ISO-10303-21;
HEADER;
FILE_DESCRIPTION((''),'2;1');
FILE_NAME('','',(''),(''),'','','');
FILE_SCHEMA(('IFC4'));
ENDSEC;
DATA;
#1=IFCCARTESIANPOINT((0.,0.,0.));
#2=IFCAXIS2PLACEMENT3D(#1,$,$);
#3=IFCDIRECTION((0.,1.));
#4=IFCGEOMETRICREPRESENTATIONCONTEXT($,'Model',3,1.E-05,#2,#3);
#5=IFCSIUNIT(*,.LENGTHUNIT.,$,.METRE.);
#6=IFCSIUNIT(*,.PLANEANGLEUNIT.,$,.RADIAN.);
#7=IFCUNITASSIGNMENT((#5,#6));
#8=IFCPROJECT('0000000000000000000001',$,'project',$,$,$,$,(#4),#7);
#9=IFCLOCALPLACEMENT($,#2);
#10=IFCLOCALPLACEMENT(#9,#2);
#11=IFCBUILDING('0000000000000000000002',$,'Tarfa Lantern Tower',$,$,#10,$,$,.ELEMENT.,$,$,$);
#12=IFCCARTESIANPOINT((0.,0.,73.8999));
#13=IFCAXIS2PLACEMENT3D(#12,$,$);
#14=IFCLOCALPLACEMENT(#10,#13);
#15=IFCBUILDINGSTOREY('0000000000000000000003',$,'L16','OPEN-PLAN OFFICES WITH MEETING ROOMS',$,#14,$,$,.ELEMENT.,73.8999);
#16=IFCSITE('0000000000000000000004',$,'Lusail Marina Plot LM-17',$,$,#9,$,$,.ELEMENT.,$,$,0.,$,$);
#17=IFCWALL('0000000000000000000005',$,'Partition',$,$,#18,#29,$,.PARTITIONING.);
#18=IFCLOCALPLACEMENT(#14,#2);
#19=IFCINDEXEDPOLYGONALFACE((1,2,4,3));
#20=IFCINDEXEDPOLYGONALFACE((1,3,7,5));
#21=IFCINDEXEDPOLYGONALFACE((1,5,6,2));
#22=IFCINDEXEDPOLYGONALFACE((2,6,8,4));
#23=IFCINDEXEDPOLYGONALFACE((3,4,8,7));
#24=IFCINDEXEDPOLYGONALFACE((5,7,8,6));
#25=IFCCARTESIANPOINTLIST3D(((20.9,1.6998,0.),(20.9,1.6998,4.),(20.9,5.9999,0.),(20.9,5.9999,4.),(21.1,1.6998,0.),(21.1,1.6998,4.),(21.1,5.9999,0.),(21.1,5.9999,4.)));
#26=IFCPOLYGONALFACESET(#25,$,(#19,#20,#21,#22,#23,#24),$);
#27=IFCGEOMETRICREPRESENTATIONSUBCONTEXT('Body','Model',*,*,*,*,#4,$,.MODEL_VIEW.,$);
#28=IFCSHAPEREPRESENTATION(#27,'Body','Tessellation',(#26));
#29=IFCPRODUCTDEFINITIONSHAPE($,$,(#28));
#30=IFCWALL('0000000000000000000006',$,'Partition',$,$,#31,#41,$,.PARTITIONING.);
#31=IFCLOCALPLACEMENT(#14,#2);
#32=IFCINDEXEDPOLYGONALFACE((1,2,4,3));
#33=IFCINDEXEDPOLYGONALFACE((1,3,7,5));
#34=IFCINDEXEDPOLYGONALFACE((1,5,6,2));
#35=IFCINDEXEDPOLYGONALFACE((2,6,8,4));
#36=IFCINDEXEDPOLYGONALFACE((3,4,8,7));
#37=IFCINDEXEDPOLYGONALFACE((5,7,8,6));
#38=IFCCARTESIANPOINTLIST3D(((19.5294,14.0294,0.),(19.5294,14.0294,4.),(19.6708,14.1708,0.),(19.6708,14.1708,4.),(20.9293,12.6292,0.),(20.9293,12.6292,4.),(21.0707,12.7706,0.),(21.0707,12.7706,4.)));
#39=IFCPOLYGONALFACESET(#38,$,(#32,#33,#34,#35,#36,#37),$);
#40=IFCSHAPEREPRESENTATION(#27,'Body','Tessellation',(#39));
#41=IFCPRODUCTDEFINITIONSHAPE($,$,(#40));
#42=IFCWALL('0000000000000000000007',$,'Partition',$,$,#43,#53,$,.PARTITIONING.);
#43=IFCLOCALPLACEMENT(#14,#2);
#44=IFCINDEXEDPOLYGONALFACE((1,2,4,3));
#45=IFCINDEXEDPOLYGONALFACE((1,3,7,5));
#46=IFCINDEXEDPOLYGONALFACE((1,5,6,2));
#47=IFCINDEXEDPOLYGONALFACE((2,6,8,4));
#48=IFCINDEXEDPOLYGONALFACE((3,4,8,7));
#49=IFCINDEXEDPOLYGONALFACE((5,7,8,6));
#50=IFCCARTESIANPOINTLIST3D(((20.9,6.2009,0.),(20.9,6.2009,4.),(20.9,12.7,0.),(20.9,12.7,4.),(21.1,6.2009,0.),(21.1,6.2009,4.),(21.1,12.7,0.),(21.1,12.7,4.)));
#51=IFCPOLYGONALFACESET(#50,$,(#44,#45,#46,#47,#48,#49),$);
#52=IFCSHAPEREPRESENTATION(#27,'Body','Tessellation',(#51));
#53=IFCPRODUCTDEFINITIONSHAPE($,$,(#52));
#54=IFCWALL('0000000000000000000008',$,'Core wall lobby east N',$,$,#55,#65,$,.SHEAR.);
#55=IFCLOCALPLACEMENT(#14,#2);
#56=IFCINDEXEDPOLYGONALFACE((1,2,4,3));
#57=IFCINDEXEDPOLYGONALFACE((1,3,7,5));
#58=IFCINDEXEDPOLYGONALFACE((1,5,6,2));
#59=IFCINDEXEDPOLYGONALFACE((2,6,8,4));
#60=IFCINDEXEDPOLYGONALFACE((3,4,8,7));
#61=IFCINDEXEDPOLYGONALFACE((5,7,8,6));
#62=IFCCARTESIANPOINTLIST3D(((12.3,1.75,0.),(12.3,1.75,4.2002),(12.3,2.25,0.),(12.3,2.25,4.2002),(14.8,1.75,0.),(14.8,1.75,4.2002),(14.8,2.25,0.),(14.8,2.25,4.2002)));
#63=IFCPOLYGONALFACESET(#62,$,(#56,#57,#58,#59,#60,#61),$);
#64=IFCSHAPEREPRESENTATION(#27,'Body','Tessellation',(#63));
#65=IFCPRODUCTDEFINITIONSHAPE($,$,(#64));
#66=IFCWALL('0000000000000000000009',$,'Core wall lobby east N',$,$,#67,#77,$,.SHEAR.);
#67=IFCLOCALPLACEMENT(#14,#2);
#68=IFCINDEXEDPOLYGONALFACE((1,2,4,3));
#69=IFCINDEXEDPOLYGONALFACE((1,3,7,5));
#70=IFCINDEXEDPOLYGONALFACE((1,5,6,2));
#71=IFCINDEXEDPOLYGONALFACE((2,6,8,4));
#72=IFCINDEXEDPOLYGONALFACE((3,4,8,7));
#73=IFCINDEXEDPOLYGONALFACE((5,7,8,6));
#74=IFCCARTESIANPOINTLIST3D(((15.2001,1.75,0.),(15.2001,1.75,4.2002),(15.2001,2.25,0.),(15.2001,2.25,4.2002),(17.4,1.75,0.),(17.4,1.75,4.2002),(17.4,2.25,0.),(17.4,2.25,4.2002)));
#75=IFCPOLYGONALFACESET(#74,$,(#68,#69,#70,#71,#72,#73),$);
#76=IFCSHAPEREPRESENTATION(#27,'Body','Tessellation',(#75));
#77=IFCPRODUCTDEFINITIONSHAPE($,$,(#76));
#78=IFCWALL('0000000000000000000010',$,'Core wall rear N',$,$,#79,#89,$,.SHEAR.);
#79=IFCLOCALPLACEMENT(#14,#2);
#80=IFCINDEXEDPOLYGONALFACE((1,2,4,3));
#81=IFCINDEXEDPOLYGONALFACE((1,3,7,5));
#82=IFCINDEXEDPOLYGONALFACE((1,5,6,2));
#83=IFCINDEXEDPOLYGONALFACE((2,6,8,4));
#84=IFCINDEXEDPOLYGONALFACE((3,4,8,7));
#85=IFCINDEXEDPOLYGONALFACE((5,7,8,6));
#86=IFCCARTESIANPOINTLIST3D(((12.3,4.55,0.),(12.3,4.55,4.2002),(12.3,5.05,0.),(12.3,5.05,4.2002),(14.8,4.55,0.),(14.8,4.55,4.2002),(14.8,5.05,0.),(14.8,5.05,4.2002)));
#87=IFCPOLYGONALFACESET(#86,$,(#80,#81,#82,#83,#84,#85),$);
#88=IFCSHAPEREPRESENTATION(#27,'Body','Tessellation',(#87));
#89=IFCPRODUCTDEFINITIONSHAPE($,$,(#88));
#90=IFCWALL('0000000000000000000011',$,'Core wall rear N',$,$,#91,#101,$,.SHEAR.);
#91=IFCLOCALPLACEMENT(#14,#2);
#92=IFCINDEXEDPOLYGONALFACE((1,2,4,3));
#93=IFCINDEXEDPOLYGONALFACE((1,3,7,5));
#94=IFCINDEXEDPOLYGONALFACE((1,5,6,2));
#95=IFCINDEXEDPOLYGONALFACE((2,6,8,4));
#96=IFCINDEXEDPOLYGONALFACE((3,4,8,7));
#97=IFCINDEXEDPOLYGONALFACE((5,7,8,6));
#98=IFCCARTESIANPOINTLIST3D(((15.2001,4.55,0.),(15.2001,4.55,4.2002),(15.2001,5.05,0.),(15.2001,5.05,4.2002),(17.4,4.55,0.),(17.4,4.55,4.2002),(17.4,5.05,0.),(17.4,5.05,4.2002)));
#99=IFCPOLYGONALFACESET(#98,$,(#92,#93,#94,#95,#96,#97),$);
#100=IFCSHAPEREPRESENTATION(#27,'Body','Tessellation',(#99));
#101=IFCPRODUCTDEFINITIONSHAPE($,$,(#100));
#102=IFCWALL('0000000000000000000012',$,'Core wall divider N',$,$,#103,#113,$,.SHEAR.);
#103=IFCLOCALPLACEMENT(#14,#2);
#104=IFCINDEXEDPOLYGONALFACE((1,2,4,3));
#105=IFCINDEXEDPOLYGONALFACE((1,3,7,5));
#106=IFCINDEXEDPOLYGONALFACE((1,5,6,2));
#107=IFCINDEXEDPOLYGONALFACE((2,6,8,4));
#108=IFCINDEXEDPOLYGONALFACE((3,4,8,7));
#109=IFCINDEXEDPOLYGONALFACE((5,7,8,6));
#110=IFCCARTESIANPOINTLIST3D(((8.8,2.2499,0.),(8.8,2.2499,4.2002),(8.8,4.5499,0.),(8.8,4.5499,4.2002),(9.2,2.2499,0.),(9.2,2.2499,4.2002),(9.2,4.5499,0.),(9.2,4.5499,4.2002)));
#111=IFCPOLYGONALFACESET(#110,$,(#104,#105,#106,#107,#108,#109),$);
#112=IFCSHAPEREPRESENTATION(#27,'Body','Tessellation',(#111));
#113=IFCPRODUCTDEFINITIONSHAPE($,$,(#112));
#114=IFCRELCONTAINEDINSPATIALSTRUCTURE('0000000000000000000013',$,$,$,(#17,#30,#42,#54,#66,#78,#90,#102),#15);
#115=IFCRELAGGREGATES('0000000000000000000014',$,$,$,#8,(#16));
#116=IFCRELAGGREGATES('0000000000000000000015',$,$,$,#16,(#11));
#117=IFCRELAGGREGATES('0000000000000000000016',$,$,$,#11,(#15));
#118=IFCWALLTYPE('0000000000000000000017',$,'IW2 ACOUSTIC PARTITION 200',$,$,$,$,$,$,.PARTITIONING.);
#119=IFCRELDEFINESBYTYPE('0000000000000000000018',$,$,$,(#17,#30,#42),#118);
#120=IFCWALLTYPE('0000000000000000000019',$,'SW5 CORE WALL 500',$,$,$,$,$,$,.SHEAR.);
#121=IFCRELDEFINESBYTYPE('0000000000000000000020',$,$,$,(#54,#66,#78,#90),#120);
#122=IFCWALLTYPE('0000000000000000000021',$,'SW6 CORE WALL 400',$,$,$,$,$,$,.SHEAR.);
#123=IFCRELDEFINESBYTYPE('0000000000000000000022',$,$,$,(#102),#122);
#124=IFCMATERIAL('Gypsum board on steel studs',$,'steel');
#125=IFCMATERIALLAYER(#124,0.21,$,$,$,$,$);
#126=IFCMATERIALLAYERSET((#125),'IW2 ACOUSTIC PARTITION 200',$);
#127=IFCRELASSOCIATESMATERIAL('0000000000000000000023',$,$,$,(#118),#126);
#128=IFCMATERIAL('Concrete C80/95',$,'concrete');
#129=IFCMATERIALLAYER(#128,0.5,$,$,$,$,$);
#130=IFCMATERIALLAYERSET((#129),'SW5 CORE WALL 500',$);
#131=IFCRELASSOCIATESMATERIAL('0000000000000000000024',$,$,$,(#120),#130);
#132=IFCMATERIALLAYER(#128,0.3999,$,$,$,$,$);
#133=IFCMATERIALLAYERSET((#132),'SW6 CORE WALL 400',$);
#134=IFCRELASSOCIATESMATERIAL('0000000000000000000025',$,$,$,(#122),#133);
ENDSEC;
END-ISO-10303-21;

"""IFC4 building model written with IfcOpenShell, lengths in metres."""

from ifc_helpers import new_model, si_unit, direction, frame, frame_2d, origin, place, context, subcontext, project, spatial, rectangle, extrude, material, layer, layer_set, type_object, element, save


model = new_model("IFC4")

# Units and contexts
model_context = context("Model", 3, precision=1e-05, world=origin(), true_north=direction((0.0, 1.0)))
body_context = subcontext(model_context, "Body", "Model", "MODEL_VIEW")
ifc_project = project(units=[si_unit("LENGTHUNIT", "METRE"), si_unit("PLANEANGLEUNIT", "RADIAN")], contexts=[model_context])

# Site, building, storey
site_placement = place(None, origin())
site = spatial("IfcSite", under=ifc_project, at=site_placement, Name="Lusail Marina Plot LM-17", CompositionType="ELEMENT", RefElevation=0.0)
building_placement = place(site_placement, origin())
building = spatial("IfcBuilding", under=site, at=building_placement, Name="Tarfa Lantern Tower", CompositionType="ELEMENT")
storey_placement = place(building_placement, frame((0.0, 0.0, 73.8999)))
storey = spatial("IfcBuildingStorey", under=building, at=storey_placement, Name="L16", Description="OPEN-PLAN OFFICES WITH MEETING ROOMS", CompositionType="ELEMENT", Elevation=73.8999)

# Shared definitions
ifc_material_1 = material(Name="Gypsum board on steel studs", Category="steel")
ifc_layer_1 = layer(ifc_material_1, 0.21)
ifc_layer_set_1 = layer_set([ifc_layer_1], Name="IW2 ACOUSTIC PARTITION 200")
wall_type_1 = type_object("IfcWallType", Name="IW2 ACOUSTIC PARTITION 200", PredefinedType="PARTITIONING", material=ifc_layer_set_1)

# Walls
wall_1_placement = place(storey_placement, frame((21.0, 1.7, 0.0), z_axis=(0.0, 0.0, 1.0), x_axis=(0.0, 1.0, 0.0)))
element("IfcWall", 1, at=wall_1_placement, inside=storey, type_object=wall_type_1, Name="Partition", PredefinedType="PARTITIONING", context=body_context, shape_type="SweptSolid", body=[
    extrude(rectangle(XDim=4.3, YDim=0.2, at=frame_2d((2.1499, 0.0))), origin(), (0.0, 0.0, 1.0), 4.0),
])
wall_2_placement = place(storey_placement, frame((19.6001, 14.1001, 0.0), z_axis=(0.0, 0.0, 1.0), x_axis=(0.707045, -0.707168, 0.0)))
element("IfcWall", 2, at=wall_2_placement, inside=storey, type_object=wall_type_1, Name="Partition", PredefinedType="PARTITIONING", context=body_context, shape_type="SweptSolid", body=[
    extrude(rectangle(XDim=1.98, YDim=0.2, at=frame_2d((0.99, 0.0))), origin(), (0.0, 0.0, 1.0), 4.0),
])

# Walls
wall_3_placement = place(storey_placement, frame((21.0, 12.7, 0.0), z_axis=(0.0, 0.0, 1.0), x_axis=(0.0, -1.0, 0.0)))
element("IfcWall", 3, at=wall_3_placement, inside=storey, type_object=wall_type_1, Name="Partition", PredefinedType="PARTITIONING", context=body_context, shape_type="SweptSolid", body=[
    extrude(rectangle(XDim=6.499, YDim=0.2, at=frame_2d((3.2495, 0.0))), origin(), (0.0, 0.0, 1.0), 4.0),
])
ifc_material_2 = material(Name="Concrete C80/95", Category="concrete")
ifc_layer_2 = layer(ifc_material_2, 0.5)
ifc_layer_set_2 = layer_set([ifc_layer_2], Name="SW5 CORE WALL 500")
wall_type_2 = type_object("IfcWallType", Name="SW5 CORE WALL 500", PredefinedType="SHEAR", material=ifc_layer_set_2)
wall_4_placement = place(storey_placement, frame((12.3, 2.0, 0.0), z_axis=(0.0, 0.0, 1.0), x_axis=(1.0, 0.0, 0.0)))
element("IfcWall", 4, at=wall_4_placement, inside=storey, type_object=wall_type_2, Name="Core wall lobby east N", PredefinedType="SHEAR", context=body_context, shape_type="SweptSolid", body=[
    extrude(rectangle(XDim=2.5, YDim=0.5, at=frame_2d((1.25, 0.0))), origin(), (0.0, 0.0, 1.0), 4.2002),
])
wall_5_placement = place(storey_placement, frame((15.2, 2.0, 0.0), z_axis=(0.0, 0.0, 1.0), x_axis=(1.0, 0.0, 0.0)))
element("IfcWall", 5, at=wall_5_placement, inside=storey, type_object=wall_type_2, Name="Core wall lobby east N", PredefinedType="SHEAR", context=body_context, shape_type="SweptSolid", body=[
    extrude(rectangle(XDim=2.2, YDim=0.5, at=frame_2d((1.1001, 0.0))), origin(), (0.0, 0.0, 1.0), 4.2002),
])
wall_6_placement = place(storey_placement, frame((12.3, 4.8, 0.0), z_axis=(0.0, 0.0, 1.0), x_axis=(1.0, 0.0, 0.0)))
element("IfcWall", 6, at=wall_6_placement, inside=storey, type_object=wall_type_2, Name="Core wall rear N", PredefinedType="SHEAR", context=body_context, shape_type="SweptSolid", body=[
    extrude(rectangle(XDim=2.5, YDim=0.5, at=frame_2d((1.25, 0.0))), origin(), (0.0, 0.0, 1.0), 4.2002),
])
wall_7_placement = place(storey_placement, frame((15.2, 4.8, 0.0), z_axis=(0.0, 0.0, 1.0), x_axis=(1.0, 0.0, 0.0)))
element("IfcWall", 7, at=wall_7_placement, inside=storey, type_object=wall_type_2, Name="Core wall rear N", PredefinedType="SHEAR", context=body_context, shape_type="SweptSolid", body=[
    extrude(rectangle(XDim=2.2, YDim=0.5, at=frame_2d((1.1001, 0.0))), origin(), (0.0, 0.0, 1.0), 4.2002),
])
ifc_layer_3 = layer(ifc_material_2, 0.3999)
ifc_layer_set_3 = layer_set([ifc_layer_3], Name="SW6 CORE WALL 400")
wall_type_3 = type_object("IfcWallType", Name="SW6 CORE WALL 400", PredefinedType="SHEAR", material=ifc_layer_set_3)
wall_8_placement = place(storey_placement, frame((9.0, 2.25, 0.0), z_axis=(0.0, 0.0, 1.0), x_axis=(0.0, 1.0, 0.0)))
element("IfcWall", 8, at=wall_8_placement, inside=storey, type_object=wall_type_3, Name="Core wall divider N", PredefinedType="SHEAR", context=body_context, shape_type="SweptSolid", body=[
    extrude(rectangle(XDim=2.3, YDim=0.3999, at=frame_2d((1.1499, 0.0))), origin(), (0.0, 0.0, 1.0), 4.2002),
])

save(model, "model.ifc")
